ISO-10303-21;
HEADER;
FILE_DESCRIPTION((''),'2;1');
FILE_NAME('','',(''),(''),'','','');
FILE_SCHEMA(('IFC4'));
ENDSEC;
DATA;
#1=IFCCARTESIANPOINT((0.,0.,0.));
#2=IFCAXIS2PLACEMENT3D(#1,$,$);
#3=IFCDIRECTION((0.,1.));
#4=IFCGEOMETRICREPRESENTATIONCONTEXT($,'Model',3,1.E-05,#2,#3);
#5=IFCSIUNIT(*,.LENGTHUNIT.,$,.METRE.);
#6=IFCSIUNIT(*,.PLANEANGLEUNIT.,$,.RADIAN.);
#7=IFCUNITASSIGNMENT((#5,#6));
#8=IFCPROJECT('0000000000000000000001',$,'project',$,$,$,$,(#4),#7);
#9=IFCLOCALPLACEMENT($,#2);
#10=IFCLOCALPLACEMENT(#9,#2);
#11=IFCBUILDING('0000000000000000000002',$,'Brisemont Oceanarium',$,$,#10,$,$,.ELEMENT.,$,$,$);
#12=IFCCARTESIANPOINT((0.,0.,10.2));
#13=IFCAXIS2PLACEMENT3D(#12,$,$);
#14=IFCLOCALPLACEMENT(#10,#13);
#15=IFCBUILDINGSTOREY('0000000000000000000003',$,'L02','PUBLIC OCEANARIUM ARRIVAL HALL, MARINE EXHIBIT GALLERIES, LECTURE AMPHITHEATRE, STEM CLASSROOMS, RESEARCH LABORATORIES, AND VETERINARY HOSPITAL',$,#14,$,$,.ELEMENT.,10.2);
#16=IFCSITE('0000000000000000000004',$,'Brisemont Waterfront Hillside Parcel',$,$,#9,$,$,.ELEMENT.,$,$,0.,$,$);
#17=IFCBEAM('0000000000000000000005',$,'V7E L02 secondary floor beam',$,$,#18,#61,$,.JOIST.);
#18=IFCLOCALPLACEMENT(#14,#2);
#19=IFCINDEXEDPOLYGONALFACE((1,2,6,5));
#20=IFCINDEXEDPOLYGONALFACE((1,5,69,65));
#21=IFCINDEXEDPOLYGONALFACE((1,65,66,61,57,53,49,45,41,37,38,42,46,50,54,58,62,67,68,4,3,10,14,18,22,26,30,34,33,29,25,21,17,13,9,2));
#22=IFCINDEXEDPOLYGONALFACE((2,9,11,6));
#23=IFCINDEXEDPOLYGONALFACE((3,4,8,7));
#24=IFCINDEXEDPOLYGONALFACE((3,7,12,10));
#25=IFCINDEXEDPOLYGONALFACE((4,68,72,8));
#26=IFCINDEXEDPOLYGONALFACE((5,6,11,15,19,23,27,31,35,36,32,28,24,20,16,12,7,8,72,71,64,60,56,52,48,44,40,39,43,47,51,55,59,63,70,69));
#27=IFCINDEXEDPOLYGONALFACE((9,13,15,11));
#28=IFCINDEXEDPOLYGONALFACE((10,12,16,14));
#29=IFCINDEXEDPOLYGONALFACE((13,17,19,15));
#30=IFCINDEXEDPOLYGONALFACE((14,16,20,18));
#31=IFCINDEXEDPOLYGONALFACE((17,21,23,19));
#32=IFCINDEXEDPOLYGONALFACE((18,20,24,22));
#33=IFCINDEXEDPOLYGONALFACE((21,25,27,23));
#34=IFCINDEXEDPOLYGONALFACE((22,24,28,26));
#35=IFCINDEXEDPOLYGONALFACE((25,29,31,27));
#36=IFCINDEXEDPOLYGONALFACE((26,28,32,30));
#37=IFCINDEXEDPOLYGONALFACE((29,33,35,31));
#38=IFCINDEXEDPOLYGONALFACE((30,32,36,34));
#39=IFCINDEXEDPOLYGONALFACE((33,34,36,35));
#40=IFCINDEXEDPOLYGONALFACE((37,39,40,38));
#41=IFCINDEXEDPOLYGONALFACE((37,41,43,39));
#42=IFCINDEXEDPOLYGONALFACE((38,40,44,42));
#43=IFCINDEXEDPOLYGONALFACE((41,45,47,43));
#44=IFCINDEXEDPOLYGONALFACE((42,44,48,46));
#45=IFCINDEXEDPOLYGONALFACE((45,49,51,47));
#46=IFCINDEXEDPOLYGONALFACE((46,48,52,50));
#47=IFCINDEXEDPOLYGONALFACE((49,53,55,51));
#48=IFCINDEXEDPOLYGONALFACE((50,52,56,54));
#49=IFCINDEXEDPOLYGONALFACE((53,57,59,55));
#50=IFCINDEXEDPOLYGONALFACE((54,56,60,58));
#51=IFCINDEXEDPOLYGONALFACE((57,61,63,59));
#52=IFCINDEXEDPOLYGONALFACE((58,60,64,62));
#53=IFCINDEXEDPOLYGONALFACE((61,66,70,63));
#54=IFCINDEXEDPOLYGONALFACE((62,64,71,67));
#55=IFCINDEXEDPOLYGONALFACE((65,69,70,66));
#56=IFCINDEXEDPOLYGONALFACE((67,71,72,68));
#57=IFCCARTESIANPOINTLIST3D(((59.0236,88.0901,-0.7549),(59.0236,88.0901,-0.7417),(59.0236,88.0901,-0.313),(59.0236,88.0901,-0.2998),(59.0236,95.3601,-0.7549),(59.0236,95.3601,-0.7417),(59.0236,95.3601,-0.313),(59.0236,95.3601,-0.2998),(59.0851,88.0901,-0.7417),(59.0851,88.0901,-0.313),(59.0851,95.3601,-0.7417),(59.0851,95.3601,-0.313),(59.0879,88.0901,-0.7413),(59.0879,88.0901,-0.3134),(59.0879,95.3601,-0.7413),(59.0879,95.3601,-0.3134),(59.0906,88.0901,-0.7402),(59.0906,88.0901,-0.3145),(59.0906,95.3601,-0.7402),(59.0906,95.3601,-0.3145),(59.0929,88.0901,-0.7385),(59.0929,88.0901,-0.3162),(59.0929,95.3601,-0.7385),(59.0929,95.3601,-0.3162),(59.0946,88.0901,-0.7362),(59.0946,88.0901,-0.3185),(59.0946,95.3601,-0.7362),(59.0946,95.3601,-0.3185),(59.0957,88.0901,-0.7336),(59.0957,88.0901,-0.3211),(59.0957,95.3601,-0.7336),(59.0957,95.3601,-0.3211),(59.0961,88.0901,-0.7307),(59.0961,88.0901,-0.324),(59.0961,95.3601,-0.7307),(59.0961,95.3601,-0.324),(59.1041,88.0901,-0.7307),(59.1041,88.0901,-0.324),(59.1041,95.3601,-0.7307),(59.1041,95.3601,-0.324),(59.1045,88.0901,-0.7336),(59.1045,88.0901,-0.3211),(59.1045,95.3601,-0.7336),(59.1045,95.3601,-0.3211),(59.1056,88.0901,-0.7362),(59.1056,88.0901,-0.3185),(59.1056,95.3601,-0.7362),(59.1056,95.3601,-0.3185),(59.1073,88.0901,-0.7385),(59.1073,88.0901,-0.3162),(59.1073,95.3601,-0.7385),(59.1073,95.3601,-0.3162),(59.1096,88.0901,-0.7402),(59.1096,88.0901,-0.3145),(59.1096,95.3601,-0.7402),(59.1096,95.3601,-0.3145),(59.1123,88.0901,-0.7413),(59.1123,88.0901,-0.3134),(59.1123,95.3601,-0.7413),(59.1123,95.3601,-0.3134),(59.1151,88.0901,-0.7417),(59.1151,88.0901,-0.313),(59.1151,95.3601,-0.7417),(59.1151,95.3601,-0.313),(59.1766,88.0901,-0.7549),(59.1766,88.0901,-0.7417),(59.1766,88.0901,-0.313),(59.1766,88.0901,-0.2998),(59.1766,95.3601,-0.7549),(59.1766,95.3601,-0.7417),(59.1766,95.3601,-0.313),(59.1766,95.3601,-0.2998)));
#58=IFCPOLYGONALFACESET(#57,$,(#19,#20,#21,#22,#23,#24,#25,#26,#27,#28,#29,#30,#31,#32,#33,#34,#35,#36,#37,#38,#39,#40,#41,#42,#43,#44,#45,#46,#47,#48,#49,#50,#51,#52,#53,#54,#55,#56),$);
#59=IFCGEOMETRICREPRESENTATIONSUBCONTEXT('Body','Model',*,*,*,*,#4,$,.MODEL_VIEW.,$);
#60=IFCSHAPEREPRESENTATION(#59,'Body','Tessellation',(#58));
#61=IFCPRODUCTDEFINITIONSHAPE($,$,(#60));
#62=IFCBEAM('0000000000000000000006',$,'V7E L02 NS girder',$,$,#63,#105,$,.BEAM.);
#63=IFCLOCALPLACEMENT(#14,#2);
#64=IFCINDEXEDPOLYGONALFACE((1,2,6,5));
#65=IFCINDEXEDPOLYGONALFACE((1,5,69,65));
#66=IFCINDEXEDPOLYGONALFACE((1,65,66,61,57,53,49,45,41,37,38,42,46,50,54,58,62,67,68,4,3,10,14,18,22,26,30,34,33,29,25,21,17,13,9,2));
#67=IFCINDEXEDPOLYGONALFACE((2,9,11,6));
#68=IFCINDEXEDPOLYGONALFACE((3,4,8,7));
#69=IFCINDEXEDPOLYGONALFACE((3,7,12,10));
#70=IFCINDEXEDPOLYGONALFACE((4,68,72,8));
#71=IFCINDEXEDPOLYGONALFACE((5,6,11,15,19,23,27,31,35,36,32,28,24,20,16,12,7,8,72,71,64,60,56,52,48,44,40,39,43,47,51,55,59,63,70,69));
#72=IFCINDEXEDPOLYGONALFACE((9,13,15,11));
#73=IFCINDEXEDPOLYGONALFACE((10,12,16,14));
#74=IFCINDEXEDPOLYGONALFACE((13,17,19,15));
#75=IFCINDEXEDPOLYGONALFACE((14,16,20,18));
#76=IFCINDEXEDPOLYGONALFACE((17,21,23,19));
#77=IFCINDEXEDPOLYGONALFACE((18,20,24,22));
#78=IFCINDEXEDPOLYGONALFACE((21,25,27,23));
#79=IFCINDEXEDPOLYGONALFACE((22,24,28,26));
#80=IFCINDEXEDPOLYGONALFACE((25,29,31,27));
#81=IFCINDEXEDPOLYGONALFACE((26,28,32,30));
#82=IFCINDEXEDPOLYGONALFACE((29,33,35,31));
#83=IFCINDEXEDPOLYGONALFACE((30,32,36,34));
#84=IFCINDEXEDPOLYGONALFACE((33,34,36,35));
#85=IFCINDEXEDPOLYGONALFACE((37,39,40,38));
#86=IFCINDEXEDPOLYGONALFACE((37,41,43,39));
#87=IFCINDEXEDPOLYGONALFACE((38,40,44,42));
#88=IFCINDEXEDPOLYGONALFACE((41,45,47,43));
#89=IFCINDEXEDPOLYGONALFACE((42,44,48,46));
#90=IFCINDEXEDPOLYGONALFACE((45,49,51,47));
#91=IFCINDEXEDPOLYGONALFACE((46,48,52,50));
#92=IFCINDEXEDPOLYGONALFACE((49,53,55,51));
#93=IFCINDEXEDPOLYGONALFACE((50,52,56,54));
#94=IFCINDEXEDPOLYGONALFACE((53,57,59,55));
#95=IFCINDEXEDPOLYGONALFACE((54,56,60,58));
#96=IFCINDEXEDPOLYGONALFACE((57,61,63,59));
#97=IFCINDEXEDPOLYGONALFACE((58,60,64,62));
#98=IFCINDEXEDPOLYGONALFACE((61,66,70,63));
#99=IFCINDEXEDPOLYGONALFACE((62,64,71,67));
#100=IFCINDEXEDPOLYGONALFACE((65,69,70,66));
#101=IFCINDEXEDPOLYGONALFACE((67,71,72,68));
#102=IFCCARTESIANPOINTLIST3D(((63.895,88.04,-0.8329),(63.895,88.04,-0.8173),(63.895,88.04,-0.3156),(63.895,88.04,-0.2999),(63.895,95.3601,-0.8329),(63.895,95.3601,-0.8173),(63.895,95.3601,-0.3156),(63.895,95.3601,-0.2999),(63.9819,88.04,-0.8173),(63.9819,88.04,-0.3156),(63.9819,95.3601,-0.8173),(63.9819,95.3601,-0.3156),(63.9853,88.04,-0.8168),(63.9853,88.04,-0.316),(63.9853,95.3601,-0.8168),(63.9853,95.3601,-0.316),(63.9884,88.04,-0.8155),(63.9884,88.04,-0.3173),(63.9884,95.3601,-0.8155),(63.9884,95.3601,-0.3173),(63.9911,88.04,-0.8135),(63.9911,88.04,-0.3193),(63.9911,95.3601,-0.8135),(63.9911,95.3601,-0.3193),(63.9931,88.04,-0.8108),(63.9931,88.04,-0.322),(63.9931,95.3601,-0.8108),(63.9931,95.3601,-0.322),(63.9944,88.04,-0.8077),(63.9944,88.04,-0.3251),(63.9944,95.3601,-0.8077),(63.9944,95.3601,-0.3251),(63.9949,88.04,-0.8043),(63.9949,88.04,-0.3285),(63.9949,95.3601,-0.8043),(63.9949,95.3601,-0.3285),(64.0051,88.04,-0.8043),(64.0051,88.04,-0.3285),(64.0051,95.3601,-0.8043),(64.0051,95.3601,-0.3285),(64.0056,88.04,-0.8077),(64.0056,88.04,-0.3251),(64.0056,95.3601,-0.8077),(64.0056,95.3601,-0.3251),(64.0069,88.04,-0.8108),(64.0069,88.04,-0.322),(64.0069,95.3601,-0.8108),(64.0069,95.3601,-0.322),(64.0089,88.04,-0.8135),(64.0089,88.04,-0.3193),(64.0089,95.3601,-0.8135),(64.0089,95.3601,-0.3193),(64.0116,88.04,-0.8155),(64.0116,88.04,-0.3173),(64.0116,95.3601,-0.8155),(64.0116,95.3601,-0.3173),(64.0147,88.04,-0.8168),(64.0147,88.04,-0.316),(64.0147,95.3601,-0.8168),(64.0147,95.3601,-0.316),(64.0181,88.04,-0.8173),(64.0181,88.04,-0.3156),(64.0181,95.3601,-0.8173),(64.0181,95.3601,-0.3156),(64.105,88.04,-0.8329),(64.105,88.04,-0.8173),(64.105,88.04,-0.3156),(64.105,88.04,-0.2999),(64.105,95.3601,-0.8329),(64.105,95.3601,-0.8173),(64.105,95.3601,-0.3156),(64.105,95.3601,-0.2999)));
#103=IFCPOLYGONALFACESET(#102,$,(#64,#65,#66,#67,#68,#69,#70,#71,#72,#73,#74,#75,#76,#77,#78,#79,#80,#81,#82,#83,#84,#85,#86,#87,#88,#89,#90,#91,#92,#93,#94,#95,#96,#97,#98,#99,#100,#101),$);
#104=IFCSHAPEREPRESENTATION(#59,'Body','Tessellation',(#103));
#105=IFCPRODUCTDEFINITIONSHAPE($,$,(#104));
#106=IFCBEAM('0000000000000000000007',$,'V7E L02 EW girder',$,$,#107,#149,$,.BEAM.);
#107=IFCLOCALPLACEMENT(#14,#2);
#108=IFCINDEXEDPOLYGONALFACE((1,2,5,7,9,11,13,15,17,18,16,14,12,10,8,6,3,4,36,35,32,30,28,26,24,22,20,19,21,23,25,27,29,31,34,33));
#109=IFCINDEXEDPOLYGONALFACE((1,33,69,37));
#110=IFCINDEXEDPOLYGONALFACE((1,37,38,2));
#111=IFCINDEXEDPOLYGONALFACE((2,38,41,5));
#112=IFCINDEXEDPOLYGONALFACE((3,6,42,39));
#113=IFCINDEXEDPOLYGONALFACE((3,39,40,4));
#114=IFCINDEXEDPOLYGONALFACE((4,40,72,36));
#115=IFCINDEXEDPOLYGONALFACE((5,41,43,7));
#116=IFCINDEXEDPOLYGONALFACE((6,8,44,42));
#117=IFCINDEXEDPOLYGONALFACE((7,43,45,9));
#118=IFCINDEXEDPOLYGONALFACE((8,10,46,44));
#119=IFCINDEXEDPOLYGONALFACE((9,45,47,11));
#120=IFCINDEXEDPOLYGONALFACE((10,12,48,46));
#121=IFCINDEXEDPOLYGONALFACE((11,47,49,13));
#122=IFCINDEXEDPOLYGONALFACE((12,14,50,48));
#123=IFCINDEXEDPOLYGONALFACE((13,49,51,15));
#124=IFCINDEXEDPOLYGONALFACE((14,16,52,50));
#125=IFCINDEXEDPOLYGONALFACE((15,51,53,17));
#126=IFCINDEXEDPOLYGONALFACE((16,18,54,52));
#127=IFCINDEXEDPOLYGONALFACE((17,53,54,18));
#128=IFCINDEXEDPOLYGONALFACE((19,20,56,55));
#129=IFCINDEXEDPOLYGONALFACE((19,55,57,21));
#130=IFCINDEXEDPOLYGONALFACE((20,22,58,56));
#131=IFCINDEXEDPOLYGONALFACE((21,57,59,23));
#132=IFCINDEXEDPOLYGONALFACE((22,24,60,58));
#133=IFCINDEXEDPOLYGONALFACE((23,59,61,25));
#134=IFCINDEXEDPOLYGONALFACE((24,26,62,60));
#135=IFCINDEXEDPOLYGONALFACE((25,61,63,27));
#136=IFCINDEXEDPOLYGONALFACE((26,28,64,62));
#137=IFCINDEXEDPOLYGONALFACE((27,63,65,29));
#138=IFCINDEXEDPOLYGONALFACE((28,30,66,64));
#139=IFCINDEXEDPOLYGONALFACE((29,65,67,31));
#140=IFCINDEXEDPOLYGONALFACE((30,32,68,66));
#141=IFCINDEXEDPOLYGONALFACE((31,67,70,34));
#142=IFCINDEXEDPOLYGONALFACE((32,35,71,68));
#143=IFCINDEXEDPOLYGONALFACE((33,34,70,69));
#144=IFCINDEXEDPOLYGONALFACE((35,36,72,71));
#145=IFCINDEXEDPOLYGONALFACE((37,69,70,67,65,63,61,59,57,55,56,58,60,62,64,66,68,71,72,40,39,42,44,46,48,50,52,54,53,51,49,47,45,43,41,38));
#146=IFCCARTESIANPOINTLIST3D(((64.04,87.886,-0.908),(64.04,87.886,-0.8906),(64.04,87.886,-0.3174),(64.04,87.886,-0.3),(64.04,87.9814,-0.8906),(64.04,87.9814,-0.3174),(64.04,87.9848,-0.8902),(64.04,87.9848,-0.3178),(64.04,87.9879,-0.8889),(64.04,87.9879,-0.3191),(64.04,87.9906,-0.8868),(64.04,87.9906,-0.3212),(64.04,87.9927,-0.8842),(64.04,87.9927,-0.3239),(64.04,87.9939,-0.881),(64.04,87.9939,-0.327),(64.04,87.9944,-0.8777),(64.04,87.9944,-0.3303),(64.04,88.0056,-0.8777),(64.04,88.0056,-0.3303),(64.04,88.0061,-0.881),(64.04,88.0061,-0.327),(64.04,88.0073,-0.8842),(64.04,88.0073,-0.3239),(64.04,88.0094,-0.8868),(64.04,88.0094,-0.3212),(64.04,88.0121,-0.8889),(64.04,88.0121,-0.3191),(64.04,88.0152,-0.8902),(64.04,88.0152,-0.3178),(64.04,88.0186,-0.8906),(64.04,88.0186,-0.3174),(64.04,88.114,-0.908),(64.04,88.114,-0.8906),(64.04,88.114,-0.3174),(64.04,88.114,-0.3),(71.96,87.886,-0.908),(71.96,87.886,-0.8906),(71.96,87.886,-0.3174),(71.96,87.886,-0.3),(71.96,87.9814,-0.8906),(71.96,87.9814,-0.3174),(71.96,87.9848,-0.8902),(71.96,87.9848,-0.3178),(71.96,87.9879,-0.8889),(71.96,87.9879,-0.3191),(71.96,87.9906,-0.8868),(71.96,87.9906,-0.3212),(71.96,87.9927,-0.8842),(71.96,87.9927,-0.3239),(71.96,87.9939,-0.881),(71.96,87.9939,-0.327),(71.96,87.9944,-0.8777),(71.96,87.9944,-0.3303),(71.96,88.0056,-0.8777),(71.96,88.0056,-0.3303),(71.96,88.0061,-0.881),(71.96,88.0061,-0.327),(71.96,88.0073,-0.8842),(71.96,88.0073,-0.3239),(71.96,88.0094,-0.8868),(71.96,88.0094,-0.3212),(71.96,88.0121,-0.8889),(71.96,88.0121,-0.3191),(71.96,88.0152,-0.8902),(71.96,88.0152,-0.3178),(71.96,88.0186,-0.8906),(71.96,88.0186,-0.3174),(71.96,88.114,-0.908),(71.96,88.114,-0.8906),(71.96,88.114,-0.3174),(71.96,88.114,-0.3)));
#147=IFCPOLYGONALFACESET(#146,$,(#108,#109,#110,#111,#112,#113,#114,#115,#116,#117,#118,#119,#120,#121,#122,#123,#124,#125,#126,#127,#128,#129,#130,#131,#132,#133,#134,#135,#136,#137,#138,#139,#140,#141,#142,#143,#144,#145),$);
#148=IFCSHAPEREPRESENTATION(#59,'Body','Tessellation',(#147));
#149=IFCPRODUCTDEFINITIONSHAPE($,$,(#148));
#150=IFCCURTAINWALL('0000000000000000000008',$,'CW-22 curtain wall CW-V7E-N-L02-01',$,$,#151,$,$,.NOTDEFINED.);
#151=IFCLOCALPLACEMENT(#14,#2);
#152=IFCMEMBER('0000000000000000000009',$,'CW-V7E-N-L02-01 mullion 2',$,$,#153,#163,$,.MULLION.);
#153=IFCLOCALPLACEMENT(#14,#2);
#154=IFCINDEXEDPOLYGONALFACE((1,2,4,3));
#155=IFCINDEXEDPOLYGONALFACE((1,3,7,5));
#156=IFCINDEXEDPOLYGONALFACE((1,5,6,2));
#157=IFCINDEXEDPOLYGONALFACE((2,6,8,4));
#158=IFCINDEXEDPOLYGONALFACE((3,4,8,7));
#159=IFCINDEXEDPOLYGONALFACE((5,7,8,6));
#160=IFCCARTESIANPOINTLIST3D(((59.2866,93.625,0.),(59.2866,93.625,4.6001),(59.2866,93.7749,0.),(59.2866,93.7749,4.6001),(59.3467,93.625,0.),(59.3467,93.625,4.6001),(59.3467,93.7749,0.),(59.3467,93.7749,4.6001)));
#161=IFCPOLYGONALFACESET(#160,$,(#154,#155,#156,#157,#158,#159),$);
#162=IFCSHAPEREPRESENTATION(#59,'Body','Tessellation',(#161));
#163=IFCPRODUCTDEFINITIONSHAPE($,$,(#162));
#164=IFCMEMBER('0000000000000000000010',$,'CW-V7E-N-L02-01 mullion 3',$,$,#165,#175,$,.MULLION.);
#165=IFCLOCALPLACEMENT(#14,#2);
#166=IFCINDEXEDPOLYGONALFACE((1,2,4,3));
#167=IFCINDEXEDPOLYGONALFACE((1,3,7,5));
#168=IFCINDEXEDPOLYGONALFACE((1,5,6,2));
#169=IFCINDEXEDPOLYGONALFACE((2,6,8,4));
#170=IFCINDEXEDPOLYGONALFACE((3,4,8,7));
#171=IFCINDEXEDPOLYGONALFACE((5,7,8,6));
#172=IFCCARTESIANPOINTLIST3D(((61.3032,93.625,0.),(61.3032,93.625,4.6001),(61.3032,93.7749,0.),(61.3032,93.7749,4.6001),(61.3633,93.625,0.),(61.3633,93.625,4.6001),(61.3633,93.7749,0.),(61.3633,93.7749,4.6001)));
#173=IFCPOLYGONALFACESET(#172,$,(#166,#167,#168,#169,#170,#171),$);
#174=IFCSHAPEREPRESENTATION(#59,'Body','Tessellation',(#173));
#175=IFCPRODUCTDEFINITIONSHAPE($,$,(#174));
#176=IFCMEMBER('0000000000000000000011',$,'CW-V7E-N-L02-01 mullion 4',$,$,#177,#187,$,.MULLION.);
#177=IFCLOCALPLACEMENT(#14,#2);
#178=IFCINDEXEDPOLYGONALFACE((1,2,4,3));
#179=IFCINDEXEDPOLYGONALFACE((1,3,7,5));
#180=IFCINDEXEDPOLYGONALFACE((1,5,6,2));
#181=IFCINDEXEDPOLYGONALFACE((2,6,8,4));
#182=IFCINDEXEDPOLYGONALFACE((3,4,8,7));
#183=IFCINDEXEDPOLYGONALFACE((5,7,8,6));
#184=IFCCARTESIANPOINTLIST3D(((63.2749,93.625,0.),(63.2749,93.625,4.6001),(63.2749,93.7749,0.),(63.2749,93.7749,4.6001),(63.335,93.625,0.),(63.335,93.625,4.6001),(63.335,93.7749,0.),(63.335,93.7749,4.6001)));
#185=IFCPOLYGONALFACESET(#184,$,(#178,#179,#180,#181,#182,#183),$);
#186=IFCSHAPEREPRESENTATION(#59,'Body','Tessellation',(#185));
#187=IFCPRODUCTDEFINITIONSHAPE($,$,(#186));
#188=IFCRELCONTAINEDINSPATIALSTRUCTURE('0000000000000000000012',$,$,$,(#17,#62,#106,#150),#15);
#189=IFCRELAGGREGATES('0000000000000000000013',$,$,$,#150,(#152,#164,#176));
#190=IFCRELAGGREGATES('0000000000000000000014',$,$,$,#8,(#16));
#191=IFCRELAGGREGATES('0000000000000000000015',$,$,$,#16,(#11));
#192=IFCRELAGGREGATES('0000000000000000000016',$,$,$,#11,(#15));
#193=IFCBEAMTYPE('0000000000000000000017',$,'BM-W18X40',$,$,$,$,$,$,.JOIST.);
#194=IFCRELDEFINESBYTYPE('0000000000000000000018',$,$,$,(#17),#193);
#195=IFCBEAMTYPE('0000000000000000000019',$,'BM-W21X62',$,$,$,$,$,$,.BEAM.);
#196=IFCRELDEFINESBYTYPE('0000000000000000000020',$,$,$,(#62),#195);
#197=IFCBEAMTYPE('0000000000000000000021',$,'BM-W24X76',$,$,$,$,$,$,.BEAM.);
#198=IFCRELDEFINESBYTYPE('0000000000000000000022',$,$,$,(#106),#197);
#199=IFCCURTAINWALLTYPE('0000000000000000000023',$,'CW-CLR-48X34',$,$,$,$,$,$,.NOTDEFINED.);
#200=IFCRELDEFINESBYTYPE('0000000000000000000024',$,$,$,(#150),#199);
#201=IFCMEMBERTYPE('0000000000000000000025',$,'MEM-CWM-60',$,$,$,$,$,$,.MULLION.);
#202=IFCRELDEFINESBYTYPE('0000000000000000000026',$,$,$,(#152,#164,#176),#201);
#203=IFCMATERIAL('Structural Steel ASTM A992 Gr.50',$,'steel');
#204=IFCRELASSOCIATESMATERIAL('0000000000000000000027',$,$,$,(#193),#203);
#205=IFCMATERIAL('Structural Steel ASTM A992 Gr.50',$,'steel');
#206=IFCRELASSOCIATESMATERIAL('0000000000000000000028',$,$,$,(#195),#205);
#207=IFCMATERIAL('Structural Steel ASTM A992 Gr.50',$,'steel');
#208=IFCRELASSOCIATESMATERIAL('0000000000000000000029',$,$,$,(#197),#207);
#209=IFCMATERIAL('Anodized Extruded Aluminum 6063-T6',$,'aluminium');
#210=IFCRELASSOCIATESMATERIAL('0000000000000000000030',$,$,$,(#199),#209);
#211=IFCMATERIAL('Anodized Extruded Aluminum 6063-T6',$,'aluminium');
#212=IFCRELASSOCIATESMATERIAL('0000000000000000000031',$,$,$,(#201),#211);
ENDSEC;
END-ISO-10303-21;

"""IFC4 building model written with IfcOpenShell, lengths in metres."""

from ifc_helpers import new_model, si_unit, direction, frame, origin, origin_2d, place, context, subcontext, project, spatial, rectangle, i_section, extrude, material, material_profile, profile_set, type_object, element, aggregate, save


model = new_model("IFC4")

# Units and contexts
model_context = context("Model", 3, precision=1e-05, world=origin(), true_north=direction((0.0, 1.0)))
body_context = subcontext(model_context, "Body", "Model", "MODEL_VIEW")
ifc_project = project(units=[si_unit("LENGTHUNIT", "METRE"), si_unit("PLANEANGLEUNIT", "RADIAN")], contexts=[model_context])

# Site, building, storey
site_placement = place(None, origin())
site = spatial("IfcSite", under=ifc_project, at=site_placement, Name="Brisemont Waterfront Hillside Parcel", CompositionType="ELEMENT", RefElevation=0.0)
building_placement = place(site_placement, origin())
building = spatial("IfcBuilding", under=site, at=building_placement, Name="Brisemont Oceanarium", CompositionType="ELEMENT")
storey_placement = place(building_placement, frame((0.0, 0.0, 10.2)))
storey = spatial("IfcBuildingStorey", under=building, at=storey_placement, Name="L02", Description="PUBLIC OCEANARIUM ARRIVAL HALL, MARINE EXHIBIT GALLERIES, LECTURE AMPHITHEATRE, STEM CLASSROOMS, RESEARCH LABORATORIES, AND VETERINARY HOSPITAL", CompositionType="ELEMENT", Elevation=10.2)

# Beams
ifc_material_1 = material(Name="Structural Steel ASTM A992 Gr.50", Category="steel")
ifc_material_profile_1 = material_profile(ifc_material_1, i_section(OverallWidth=0.1531, OverallDepth=0.4551, WebThickness=0.0081, FlangeThickness=0.0132, FilletRadius=0.011, at=origin_2d()), Name="W18X40")
ifc_profile_set_1 = profile_set([ifc_material_profile_1], Name="Structural Steel ASTM A992 Gr.50")
beam_type_1 = type_object("IfcBeamType", Name="BM-W18X40", PredefinedType="JOIST", material=ifc_profile_set_1)
beam_1_placement = place(storey_placement, frame((59.1001, 88.0901, -0.5273), z_axis=(0.0, 1.0, 0.0), x_axis=(-1.0, 0.0, 0.0)))
element("IfcBeam", 1, at=beam_1_placement, inside=storey, type_object=beam_type_1, Name="V7E L02 secondary floor beam", PredefinedType="JOIST", context=body_context, shape_type="SweptSolid", body=[
    extrude(i_section(OverallWidth=0.1531, OverallDepth=0.4551, WebThickness=0.0081, FlangeThickness=0.0132, FilletRadius=0.011, at=origin_2d()), origin(), (0.0, 0.0, 1.0), 7.27),
])
ifc_material_2 = material(Name="Structural Steel ASTM A992 Gr.50", Category="steel")
ifc_material_profile_2 = material_profile(ifc_material_2, i_section(OverallWidth=0.21, OverallDepth=0.533, WebThickness=0.0103, FlangeThickness=0.0156, FilletRadius=0.0129, at=origin_2d()), Name="W21X62")
ifc_profile_set_2 = profile_set([ifc_material_profile_2], Name="Structural Steel ASTM A992 Gr.50")
beam_type_2 = type_object("IfcBeamType", Name="BM-W21X62", PredefinedType="BEAM", material=ifc_profile_set_2)
beam_2_placement = place(storey_placement, frame((64.0, 88.04, -0.5664), z_axis=(0.0, 1.0, 0.0), x_axis=(-1.0, 0.0, 0.0)))
element("IfcBeam", 2, at=beam_2_placement, inside=storey, type_object=beam_type_2, Name="V7E L02 NS girder", PredefinedType="BEAM", context=body_context, shape_type="SweptSolid", body=[
    extrude(i_section(OverallWidth=0.21, OverallDepth=0.533, WebThickness=0.0103, FlangeThickness=0.0156, FilletRadius=0.0129, at=origin_2d()), origin(), (0.0, 0.0, 1.0), 7.3201),
])
ifc_material_3 = material(Name="Structural Steel ASTM A992 Gr.50", Category="steel")
ifc_material_profile_3 = material_profile(ifc_material_3, i_section(OverallWidth=0.228, OverallDepth=0.6079, WebThickness=0.0112, FlangeThickness=0.0173, FilletRadius=0.0129, at=origin_2d()), Name="W24X76")
ifc_profile_set_3 = profile_set([ifc_material_profile_3], Name="Structural Steel ASTM A992 Gr.50")
beam_type_3 = type_object("IfcBeamType", Name="BM-W24X76", PredefinedType="BEAM", material=ifc_profile_set_3)
beam_3_placement = place(storey_placement, frame((64.04, 88.0, -0.604), z_axis=(1.0, 0.0, 0.0), x_axis=(0.0, 1.0, 0.0)))
element("IfcBeam", 3, at=beam_3_placement, inside=storey, type_object=beam_type_3, Name="V7E L02 EW girder", PredefinedType="BEAM", context=body_context, shape_type="SweptSolid", body=[
    extrude(i_section(OverallWidth=0.228, OverallDepth=0.6079, WebThickness=0.0112, FlangeThickness=0.0173, FilletRadius=0.0129, at=origin_2d()), origin(), (0.0, 0.0, 1.0), 7.9199),
])

# Curtain wall, members
ifc_material_4 = material(Name="Anodized Extruded Aluminum 6063-T6", Category="aluminium")
curtain_wall_type = type_object("IfcCurtainWallType", Name="CW-CLR-48X34", PredefinedType="NOTDEFINED", material=ifc_material_4)
curtain_wall_1_placement = place(storey_placement, origin())
curtain_wall_1 = element("IfcCurtainWall", 4, at=curtain_wall_1_placement, inside=storey, type_object=curtain_wall_type, Name="CW-22 curtain wall CW-V7E-N-L02-01", PredefinedType="NOTDEFINED")
ifc_material_5 = material(Name="Anodized Extruded Aluminum 6063-T6", Category="aluminium")
ifc_material_profile_4 = material_profile(ifc_material_5, rectangle(XDim=0.0601, YDim=0.1499, at=origin_2d()), Name="CWM-60X150")
ifc_profile_set_4 = profile_set([ifc_material_profile_4], Name="Anodized Extruded Aluminum 6063-T6")
member_type_1 = type_object("IfcMemberType", Name="MEM-CWM-60", PredefinedType="MULLION", material=ifc_profile_set_4)
member_1_placement = place(storey_placement, frame((59.3167, 93.7, 0.0), z_axis=(0.0, 0.0, 1.0), x_axis=(1.0, 0.0, 0.0)))
member_1 = element("IfcMember", 5, at=member_1_placement, type_object=member_type_1, Name="CW-V7E-N-L02-01 mullion 2", PredefinedType="MULLION", context=body_context, shape_type="SweptSolid", body=[
    extrude(rectangle(XDim=0.0601, YDim=0.1499, at=origin_2d()), origin(), (0.0, 0.0, 1.0), 4.6001),
])
member_2_placement = place(storey_placement, frame((61.3333, 93.7, 0.0), z_axis=(0.0, 0.0, 1.0), x_axis=(1.0, 0.0, 0.0)))
member_2 = element("IfcMember", 6, at=member_2_placement, type_object=member_type_1, Name="CW-V7E-N-L02-01 mullion 3", PredefinedType="MULLION", context=body_context, shape_type="SweptSolid", body=[
    extrude(rectangle(XDim=0.0601, YDim=0.1499, at=origin_2d()), origin(), (0.0, 0.0, 1.0), 4.6001),
])
member_3_placement = place(storey_placement, frame((63.3049, 93.7, 0.0), z_axis=(0.0, 0.0, 1.0), x_axis=(1.0, 0.0, 0.0)))
member_3 = element("IfcMember", 7, at=member_3_placement, type_object=member_type_1, Name="CW-V7E-N-L02-01 mullion 4", PredefinedType="MULLION", context=body_context, shape_type="SweptSolid", body=[
    extrude(rectangle(XDim=0.0601, YDim=0.1499, at=origin_2d()), origin(), (0.0, 0.0, 1.0), 4.6001),
])

aggregate(curtain_wall_1, [member_1, member_2, member_3])

save(model, "model.ifc")
